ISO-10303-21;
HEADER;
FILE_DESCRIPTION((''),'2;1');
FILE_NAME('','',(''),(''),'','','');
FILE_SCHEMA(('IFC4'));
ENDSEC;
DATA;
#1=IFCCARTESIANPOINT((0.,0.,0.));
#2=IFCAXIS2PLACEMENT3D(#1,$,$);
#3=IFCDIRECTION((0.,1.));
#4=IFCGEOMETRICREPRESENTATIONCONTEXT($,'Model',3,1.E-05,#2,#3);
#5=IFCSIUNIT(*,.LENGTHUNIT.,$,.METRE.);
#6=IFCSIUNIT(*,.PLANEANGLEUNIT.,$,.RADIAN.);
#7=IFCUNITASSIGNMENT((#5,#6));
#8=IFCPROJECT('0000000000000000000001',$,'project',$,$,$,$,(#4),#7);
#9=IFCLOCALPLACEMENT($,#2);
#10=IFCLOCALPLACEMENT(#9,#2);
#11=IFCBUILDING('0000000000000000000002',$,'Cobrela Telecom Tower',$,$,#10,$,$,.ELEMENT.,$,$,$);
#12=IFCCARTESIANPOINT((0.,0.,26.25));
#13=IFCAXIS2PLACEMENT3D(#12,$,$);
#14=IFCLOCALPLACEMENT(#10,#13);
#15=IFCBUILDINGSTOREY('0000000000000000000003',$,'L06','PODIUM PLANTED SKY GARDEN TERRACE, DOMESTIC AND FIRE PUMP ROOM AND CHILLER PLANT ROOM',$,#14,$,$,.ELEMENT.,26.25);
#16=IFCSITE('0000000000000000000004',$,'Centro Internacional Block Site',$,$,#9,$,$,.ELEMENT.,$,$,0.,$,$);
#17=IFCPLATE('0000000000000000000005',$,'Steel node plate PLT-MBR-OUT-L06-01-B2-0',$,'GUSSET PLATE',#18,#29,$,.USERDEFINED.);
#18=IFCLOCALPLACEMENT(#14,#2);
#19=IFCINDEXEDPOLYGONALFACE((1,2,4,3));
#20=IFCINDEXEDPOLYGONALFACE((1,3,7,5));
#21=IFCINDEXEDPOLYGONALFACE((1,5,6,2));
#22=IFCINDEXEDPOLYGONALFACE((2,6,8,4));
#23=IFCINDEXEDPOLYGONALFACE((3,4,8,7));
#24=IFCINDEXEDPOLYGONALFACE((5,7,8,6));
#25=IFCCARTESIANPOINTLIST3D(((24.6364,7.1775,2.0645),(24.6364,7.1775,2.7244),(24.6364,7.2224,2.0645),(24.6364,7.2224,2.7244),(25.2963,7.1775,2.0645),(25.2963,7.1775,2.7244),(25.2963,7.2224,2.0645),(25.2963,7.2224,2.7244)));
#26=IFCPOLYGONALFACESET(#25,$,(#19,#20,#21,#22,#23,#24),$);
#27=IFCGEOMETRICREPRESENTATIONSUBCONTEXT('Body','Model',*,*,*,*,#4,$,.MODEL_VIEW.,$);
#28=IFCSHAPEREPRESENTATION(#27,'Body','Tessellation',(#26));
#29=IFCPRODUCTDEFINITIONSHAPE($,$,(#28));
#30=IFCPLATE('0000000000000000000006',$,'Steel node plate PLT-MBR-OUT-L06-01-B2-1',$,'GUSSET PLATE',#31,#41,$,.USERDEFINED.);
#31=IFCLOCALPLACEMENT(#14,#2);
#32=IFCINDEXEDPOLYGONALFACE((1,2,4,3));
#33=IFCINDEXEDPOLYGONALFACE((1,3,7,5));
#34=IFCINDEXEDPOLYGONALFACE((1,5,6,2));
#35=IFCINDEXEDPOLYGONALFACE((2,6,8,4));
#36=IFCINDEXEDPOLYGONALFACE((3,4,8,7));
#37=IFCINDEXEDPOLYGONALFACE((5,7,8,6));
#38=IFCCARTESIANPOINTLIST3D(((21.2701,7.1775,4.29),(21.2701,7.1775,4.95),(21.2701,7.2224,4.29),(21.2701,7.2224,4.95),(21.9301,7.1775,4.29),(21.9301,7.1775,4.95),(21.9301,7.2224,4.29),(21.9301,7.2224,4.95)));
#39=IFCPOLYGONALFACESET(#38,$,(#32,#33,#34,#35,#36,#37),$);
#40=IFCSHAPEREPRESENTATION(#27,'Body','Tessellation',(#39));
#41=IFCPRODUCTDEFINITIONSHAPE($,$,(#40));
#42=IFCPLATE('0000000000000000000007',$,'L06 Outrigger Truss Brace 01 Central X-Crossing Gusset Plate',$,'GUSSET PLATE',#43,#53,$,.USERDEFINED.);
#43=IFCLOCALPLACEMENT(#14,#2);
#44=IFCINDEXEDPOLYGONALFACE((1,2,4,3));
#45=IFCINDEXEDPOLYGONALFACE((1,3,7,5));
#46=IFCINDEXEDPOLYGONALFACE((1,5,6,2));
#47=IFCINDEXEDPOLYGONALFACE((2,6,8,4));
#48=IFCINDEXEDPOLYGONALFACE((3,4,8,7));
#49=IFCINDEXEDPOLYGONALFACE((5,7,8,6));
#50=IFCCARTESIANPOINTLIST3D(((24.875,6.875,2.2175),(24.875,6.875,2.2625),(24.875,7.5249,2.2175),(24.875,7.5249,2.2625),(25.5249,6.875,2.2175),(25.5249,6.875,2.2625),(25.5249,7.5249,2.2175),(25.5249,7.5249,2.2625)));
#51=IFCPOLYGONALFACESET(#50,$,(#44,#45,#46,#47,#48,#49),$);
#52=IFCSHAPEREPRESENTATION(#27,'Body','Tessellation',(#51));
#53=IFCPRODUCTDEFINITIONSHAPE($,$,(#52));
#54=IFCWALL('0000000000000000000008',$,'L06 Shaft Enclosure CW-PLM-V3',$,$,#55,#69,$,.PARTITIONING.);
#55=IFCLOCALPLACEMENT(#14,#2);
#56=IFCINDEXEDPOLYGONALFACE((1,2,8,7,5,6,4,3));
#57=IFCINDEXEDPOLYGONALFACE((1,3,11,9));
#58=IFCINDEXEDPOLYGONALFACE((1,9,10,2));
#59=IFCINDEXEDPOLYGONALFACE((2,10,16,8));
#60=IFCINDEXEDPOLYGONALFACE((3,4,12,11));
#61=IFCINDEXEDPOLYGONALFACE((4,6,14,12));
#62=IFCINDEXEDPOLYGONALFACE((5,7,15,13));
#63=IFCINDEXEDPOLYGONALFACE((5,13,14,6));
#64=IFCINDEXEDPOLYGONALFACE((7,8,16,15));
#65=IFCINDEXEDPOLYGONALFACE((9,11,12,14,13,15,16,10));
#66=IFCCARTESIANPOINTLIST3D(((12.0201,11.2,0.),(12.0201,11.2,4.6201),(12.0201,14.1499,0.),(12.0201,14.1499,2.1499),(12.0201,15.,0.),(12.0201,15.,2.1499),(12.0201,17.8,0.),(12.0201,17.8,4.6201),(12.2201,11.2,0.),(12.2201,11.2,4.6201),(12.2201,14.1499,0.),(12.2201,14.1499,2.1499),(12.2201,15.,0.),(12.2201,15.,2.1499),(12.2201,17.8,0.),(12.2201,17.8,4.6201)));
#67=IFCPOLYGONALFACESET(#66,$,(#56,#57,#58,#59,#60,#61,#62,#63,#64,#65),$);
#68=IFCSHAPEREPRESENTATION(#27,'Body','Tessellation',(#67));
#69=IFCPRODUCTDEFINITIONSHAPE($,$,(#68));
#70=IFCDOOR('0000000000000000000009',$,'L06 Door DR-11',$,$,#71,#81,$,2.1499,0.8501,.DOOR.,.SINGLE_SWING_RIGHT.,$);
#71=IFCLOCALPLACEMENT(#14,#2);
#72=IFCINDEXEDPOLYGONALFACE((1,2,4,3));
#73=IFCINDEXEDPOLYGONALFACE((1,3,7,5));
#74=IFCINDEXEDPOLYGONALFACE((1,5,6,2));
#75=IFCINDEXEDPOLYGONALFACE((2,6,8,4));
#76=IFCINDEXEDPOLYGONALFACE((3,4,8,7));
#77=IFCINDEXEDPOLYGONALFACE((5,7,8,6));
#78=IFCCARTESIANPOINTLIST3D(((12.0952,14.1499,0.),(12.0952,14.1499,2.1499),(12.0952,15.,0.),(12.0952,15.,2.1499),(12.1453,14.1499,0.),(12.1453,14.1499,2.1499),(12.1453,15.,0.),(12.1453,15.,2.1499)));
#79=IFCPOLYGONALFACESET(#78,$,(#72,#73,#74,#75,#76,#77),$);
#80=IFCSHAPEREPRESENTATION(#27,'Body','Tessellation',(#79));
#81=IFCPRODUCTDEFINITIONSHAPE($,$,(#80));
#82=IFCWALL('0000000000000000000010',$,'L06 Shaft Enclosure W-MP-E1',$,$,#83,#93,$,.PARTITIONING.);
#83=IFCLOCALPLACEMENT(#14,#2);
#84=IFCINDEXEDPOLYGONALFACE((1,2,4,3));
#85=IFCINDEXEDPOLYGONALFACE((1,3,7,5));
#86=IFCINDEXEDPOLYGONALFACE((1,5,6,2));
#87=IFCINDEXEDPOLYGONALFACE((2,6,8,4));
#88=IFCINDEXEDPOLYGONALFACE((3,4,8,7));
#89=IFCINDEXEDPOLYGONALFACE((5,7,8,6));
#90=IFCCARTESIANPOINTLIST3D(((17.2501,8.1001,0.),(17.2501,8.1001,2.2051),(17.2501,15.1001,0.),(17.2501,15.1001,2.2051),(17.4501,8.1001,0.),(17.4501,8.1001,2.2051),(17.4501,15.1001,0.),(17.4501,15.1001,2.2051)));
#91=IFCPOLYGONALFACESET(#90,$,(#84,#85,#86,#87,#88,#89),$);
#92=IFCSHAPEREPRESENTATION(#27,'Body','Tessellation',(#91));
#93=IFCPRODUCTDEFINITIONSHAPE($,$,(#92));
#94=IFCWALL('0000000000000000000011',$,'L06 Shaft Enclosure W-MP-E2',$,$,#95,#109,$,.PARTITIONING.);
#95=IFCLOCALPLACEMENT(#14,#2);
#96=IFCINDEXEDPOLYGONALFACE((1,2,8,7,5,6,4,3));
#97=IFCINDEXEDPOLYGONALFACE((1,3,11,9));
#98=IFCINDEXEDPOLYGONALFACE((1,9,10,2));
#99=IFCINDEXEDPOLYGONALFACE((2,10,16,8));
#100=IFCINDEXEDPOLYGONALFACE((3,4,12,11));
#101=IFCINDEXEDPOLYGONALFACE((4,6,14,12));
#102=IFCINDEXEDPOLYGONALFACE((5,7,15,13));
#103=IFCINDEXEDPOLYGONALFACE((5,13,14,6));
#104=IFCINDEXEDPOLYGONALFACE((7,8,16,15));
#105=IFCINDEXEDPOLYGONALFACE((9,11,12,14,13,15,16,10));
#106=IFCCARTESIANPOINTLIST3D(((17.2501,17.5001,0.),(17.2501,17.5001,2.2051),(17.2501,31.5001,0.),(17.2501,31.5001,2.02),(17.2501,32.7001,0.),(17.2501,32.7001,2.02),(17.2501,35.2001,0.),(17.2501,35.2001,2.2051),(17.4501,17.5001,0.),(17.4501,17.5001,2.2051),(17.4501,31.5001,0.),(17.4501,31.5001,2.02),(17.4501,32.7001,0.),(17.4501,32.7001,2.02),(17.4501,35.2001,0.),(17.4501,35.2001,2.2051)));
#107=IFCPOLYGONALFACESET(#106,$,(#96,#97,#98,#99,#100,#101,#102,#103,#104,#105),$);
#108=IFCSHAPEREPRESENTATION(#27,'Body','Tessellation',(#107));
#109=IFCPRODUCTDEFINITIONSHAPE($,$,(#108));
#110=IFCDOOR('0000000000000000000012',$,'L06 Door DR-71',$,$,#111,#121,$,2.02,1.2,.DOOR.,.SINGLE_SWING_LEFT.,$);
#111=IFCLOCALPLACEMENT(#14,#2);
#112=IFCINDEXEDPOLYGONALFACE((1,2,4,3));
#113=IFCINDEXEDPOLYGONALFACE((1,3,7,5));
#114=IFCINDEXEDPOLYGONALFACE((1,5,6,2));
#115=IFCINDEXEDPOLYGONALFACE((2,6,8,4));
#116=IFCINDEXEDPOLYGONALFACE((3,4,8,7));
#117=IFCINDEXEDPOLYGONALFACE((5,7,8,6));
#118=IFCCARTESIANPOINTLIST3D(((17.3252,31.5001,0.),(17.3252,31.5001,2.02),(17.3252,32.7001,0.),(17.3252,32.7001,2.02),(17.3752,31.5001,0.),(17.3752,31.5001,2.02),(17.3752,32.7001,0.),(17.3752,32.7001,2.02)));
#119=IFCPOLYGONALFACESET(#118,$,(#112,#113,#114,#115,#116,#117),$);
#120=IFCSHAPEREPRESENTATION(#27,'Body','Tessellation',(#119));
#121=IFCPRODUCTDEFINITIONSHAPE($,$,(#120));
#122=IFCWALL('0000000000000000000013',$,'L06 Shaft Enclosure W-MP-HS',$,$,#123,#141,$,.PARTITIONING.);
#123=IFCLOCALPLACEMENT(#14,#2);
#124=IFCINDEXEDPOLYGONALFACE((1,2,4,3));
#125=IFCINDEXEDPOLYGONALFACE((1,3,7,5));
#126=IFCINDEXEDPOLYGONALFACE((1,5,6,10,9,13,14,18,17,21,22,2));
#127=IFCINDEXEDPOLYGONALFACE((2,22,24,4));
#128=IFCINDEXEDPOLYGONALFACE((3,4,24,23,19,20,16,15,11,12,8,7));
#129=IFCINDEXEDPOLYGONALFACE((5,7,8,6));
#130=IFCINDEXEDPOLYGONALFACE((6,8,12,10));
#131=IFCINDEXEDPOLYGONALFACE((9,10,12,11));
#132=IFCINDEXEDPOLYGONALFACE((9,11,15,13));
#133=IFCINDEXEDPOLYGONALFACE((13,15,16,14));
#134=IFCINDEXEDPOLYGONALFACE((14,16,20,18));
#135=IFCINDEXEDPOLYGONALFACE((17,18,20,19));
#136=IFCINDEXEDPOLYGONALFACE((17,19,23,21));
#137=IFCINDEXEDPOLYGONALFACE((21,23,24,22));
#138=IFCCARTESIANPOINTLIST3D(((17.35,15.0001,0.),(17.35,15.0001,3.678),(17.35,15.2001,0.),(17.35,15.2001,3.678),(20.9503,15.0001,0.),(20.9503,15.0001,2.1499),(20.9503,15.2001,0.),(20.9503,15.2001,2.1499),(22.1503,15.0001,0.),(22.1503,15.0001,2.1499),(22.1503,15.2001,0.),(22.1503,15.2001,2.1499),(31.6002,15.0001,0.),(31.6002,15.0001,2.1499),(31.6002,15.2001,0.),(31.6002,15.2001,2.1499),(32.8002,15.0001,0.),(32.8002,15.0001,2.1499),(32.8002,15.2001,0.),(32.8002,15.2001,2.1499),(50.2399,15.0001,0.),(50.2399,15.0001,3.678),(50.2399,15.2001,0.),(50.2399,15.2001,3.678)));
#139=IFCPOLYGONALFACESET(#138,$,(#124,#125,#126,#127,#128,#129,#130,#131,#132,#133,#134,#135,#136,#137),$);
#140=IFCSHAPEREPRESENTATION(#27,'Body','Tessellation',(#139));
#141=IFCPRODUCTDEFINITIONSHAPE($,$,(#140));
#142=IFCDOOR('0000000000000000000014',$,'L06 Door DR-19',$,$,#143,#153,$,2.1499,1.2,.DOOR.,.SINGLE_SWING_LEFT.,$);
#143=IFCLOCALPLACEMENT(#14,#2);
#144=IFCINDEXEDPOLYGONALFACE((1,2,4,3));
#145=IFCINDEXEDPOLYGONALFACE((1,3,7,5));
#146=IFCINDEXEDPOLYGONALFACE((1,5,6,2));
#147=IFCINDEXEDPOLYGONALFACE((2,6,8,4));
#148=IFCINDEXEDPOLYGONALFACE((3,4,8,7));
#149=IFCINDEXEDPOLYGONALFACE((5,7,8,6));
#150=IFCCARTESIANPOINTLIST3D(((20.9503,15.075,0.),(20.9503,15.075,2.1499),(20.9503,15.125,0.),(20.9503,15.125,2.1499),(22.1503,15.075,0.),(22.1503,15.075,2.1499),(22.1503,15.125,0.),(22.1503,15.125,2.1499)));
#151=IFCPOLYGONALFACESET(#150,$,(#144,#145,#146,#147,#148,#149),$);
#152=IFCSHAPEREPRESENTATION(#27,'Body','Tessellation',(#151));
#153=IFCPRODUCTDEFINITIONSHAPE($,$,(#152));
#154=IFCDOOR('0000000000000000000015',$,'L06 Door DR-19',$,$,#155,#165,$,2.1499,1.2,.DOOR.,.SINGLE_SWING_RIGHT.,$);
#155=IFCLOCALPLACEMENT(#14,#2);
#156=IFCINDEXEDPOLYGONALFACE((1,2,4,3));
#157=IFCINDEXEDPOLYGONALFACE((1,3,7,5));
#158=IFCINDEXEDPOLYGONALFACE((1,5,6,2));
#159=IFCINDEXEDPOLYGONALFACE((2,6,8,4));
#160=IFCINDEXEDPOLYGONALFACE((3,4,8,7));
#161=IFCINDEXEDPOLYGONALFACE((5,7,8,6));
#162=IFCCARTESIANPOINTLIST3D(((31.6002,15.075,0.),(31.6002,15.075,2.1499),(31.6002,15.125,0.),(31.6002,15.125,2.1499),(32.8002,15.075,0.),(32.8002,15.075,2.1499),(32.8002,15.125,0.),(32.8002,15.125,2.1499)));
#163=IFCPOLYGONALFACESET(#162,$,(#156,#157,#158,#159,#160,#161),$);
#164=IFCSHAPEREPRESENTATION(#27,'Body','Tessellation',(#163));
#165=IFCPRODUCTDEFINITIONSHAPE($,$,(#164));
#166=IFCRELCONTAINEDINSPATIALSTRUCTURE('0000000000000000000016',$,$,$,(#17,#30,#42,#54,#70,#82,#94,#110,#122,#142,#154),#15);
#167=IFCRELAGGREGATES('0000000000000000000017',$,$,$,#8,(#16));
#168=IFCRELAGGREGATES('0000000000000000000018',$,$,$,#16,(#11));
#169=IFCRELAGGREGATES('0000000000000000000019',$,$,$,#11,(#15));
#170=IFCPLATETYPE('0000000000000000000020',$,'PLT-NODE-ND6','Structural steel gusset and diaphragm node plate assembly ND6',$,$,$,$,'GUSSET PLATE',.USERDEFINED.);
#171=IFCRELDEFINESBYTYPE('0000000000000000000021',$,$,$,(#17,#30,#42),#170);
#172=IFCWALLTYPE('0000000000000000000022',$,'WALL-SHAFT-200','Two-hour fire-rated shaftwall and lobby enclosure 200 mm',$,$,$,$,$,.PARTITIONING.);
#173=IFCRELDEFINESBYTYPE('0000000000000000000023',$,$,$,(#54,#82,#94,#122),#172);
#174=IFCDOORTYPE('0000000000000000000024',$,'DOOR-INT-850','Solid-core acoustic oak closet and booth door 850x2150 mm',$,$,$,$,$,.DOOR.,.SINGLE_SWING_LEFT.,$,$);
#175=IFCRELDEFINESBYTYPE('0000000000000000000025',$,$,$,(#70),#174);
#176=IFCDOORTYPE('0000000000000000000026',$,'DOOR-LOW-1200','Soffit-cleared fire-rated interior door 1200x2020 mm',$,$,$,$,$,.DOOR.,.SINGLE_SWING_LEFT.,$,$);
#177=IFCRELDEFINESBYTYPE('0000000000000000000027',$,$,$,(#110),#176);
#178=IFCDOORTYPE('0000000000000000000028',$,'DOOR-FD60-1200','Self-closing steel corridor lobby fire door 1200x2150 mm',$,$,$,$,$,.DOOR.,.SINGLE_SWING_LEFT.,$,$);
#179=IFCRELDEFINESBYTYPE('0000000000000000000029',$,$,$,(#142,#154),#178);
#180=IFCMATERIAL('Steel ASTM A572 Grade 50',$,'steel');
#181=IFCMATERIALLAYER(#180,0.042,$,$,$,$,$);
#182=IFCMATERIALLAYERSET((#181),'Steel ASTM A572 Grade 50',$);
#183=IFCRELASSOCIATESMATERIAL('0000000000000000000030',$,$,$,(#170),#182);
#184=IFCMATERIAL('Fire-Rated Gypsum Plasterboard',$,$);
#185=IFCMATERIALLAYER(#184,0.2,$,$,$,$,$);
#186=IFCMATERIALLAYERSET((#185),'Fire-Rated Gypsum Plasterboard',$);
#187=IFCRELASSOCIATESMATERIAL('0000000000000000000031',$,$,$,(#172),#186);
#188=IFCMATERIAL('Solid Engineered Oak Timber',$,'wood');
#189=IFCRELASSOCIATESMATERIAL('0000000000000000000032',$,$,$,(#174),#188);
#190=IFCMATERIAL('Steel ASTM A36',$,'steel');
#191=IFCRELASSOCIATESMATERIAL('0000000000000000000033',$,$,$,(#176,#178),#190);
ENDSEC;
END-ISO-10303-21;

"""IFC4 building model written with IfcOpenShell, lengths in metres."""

from ifc_helpers import new_model, si_unit, direction, frame, frame_2d, origin, origin_2d, place, context, subcontext, project, spatial, rectangle, extrude, material, layer, layer_set, type_object, element, fill, save


model = new_model("IFC4")

# Units and contexts
model_context = context("Model", 3, precision=1e-05, world=origin(), true_north=direction((0.0, 1.0)))
body_context = subcontext(model_context, "Body", "Model", "MODEL_VIEW")
ifc_project = project(units=[si_unit("LENGTHUNIT", "METRE"), si_unit("PLANEANGLEUNIT", "RADIAN")], contexts=[model_context])

# Site, building, storey
site_placement = place(None, origin())
site = spatial("IfcSite", under=ifc_project, at=site_placement, Name="Centro Internacional Block Site", CompositionType="ELEMENT", RefElevation=0.0)
building_placement = place(site_placement, origin())
building = spatial("IfcBuilding", under=site, at=building_placement, Name="Cobrela Telecom Tower", CompositionType="ELEMENT")
storey_placement = place(building_placement, frame((0.0, 0.0, 26.25)))
storey = spatial("IfcBuildingStorey", under=building, at=storey_placement, Name="L06", Description="PODIUM PLANTED SKY GARDEN TERRACE, DOMESTIC AND FIRE PUMP ROOM AND CHILLER PLANT ROOM", CompositionType="ELEMENT", Elevation=26.25)

# Shared definitions
ifc_material_1 = material(Name="Steel ASTM A572 Grade 50", Category="steel")

# Plates
ifc_layer_1 = layer(ifc_material_1, 0.042)
ifc_layer_set_1 = layer_set([ifc_layer_1], Name="Steel ASTM A572 Grade 50")
plate_type = type_object("IfcPlateType", Name="PLT-NODE-ND6", Description="Structural steel gusset and diaphragm node plate assembly ND6", ElementType="GUSSET PLATE", PredefinedType="USERDEFINED", material=ifc_layer_set_1)
for number, where, z_axis, x_axis, name in (
    (1, (24.9663, 7.2, 2.0645), (0.0, 0.0, 1.0), (-1.0, 0.0, 0.0), "Steel node plate PLT-MBR-OUT-L06-01-B2-0"),
    (2, (21.6001, 7.2, 4.29), (0.0, 0.0, 1.0), (-1.0, 0.0, 0.0), "Steel node plate PLT-MBR-OUT-L06-01-B2-1"),
):
    element("IfcPlate", number, at=place(storey_placement, frame(where, z_axis=z_axis, x_axis=x_axis)), inside=storey, type_object=plate_type, Name=name, ObjectType="GUSSET PLATE", PredefinedType="USERDEFINED", context=body_context, shape_type="SweptSolid", body=[
        extrude(rectangle(XDim=0.6599, YDim=0.0449, at=origin_2d()), origin(), (0.0, 0.0, 1.0), 0.6599),
    ])
plate_placement = place(storey_placement, frame((25.2, 7.2, 2.2175), z_axis=(0.0, 0.0, 1.0), x_axis=(1.0, 0.0, 0.0)))
element("IfcPlate", 3, at=plate_placement, inside=storey, type_object=plate_type, Name="L06 Outrigger Truss Brace 01 Central X-Crossing Gusset Plate", ObjectType="GUSSET PLATE", PredefinedType="USERDEFINED", context=body_context, shape_type="SweptSolid", body=[
    extrude(rectangle(XDim=0.6499, YDim=0.6499, at=origin_2d()), origin(), (0.0, 0.0, 1.0), 0.0449),
])

# Wall, opening, door
ifc_material_2 = material(Name="Fire-Rated Gypsum Plasterboard")
ifc_layer_2 = layer(ifc_material_2, 0.2)
ifc_layer_set_2 = layer_set([ifc_layer_2], Name="Fire-Rated Gypsum Plasterboard")
wall_type = type_object("IfcWallType", Name="WALL-SHAFT-200", Description="Two-hour fire-rated shaftwall and lobby enclosure 200 mm", PredefinedType="PARTITIONING", material=ifc_layer_set_2)
wall_1_placement = place(storey_placement, frame((12.1201, 11.2, 0.0), z_axis=(0.0, 0.0, 1.0), x_axis=(0.0, 1.0, 0.0)))
wall_1 = element("IfcWall", 4, at=wall_1_placement, inside=storey, type_object=wall_type, Name="L06 Shaft Enclosure CW-PLM-V3", PredefinedType="PARTITIONING", context=body_context, shape_type="SweptSolid", body=[
    extrude(rectangle(XDim=6.6001, YDim=0.2, at=frame_2d((3.3, 0.0))), origin(), (0.0, 0.0, 1.0), 4.6201),
])
opening_1_placement = place(wall_1_placement, frame((2.95, 0.0, 0.0)))
opening_1 = element("IfcOpeningElement", 5, at=opening_1_placement, cuts=wall_1, PredefinedType="OPENING", context=body_context, shape_type="SweptSolid", body=[
    extrude(rectangle(XDim=0.8501, YDim=2.1499, at=frame_2d((0.425, 1.075))), frame((0.0, 0.1118, 0.0), z_axis=(0.0, -1.0, 0.0), x_axis=(1.0, 0.0, 0.0)), (0.0, 0.0, 1.0), 0.2239),
])
ifc_material_3 = material(Name="Solid Engineered Oak Timber", Category="wood")
door_type_1 = type_object("IfcDoorType", Name="DOOR-INT-850", Description="Solid-core acoustic oak closet and booth door 850x2150 mm", OperationType="SINGLE_SWING_LEFT", PredefinedType="DOOR", material=ifc_material_3)
door_1_placement = place(opening_1_placement, origin())
door_1 = element("IfcDoor", 6, at=door_1_placement, inside=storey, type_object=door_type_1, Name="L06 Door DR-11", OperationType="SINGLE_SWING_RIGHT", OverallHeight=2.1499, OverallWidth=0.8501, PredefinedType="DOOR", context=body_context, shape_type="SweptSolid", body=[
    extrude(rectangle(XDim=0.8501, YDim=2.1499, at=frame_2d((0.425, 1.075))), frame((0.0, 0.0249, 0.0), z_axis=(0.0, -1.0, 0.0), x_axis=(1.0, 0.0, 0.0)), (0.0, 0.0, 1.0), 0.05),
])
fill(opening_1, door_1)
ifc_material_4 = material(Name="Steel ASTM A36", Category="steel")

# Wall
wall_2_placement = place(storey_placement, frame((17.3501, 8.1001, 0.0), z_axis=(0.0, 0.0, 1.0), x_axis=(0.0, 1.0, 0.0)))
element("IfcWall", 7, at=wall_2_placement, inside=storey, type_object=wall_type, Name="L06 Shaft Enclosure W-MP-E1", PredefinedType="PARTITIONING", context=body_context, shape_type="SweptSolid", body=[
    extrude(rectangle(XDim=7.0, YDim=0.2, at=frame_2d((3.5, 0.0))), origin(), (0.0, 0.0, 1.0), 2.2051),
])

# Wall, opening, door
wall_3_placement = place(storey_placement, frame((17.3501, 17.5, 0.0), z_axis=(0.0, 0.0, 1.0), x_axis=(0.0, 1.0, 0.0)))
wall_3 = element("IfcWall", 8, at=wall_3_placement, inside=storey, type_object=wall_type, Name="L06 Shaft Enclosure W-MP-E2", PredefinedType="PARTITIONING", context=body_context, shape_type="SweptSolid", body=[
    extrude(rectangle(XDim=17.7, YDim=0.2, at=frame_2d((8.8501, 0.0))), origin(), (0.0, 0.0, 1.0), 2.2051),
])
opening_2_placement = place(wall_3_placement, frame((14.0, 0.0, 0.0)))
opening_2 = element("IfcOpeningElement", 9, at=opening_2_placement, cuts=wall_3, PredefinedType="OPENING", context=body_context, shape_type="SweptSolid", body=[
    extrude(rectangle(XDim=1.2, YDim=2.02, at=frame_2d((0.6001, 1.01))), frame((0.0, 0.1118, 0.0), z_axis=(0.0, -1.0, 0.0), x_axis=(1.0, 0.0, 0.0)), (0.0, 0.0, 1.0), 0.2239),
])
door_type_2 = type_object("IfcDoorType", Name="DOOR-LOW-1200", Description="Soffit-cleared fire-rated interior door 1200x2020 mm", OperationType="SINGLE_SWING_LEFT", PredefinedType="DOOR", material=ifc_material_4)
door_2_placement = place(opening_2_placement, origin())
door_2 = element("IfcDoor", 10, at=door_2_placement, inside=storey, type_object=door_type_2, Name="L06 Door DR-71", OperationType="SINGLE_SWING_LEFT", OverallHeight=2.02, OverallWidth=1.2, PredefinedType="DOOR", context=body_context, shape_type="SweptSolid", body=[
    extrude(rectangle(XDim=1.2, YDim=2.02, at=frame_2d((0.6001, 1.01))), frame((0.0, 0.0249, 0.0), z_axis=(0.0, -1.0, 0.0), x_axis=(1.0, 0.0, 0.0)), (0.0, 0.0, 1.0), 0.05),
])
fill(opening_2, door_2)

# Wall, openings, doors
wall_4_placement = place(storey_placement, frame((17.3501, 15.1001, 0.0), z_axis=(0.0, 0.0, 1.0), x_axis=(1.0, 0.0, 0.0)))
wall_4 = element("IfcWall", 11, at=wall_4_placement, inside=storey, type_object=wall_type, Name="L06 Shaft Enclosure W-MP-HS", PredefinedType="PARTITIONING", context=body_context, shape_type="SweptSolid", body=[
    extrude(rectangle(XDim=32.8899, YDim=0.2, at=frame_2d((16.4448, 0.0))), origin(), (0.0, 0.0, 1.0), 3.678),
])
opening_3_placement = place(wall_4_placement, frame((3.6001, 0.0, 0.0)))
opening_3 = element("IfcOpeningElement", 12, at=opening_3_placement, cuts=wall_4, PredefinedType="OPENING", context=body_context, shape_type="SweptSolid", body=[
    extrude(rectangle(XDim=1.2, YDim=2.1499, at=frame_2d((0.6001, 1.075))), frame((0.0, 0.1118, 0.0), z_axis=(0.0, -1.0, 0.0), x_axis=(1.0, 0.0, 0.0)), (0.0, 0.0, 1.0), 0.2239),
])
opening_4_placement = place(wall_4_placement, frame((14.25, 0.0, 0.0)))
opening_4 = element("IfcOpeningElement", 13, at=opening_4_placement, cuts=wall_4, PredefinedType="OPENING", context=body_context, shape_type="SweptSolid", body=[
    extrude(rectangle(XDim=1.2, YDim=2.1499, at=frame_2d((0.6001, 1.075))), frame((0.0, 0.1118, 0.0), z_axis=(0.0, -1.0, 0.0), x_axis=(1.0, 0.0, 0.0)), (0.0, 0.0, 1.0), 0.2239),
])
door_type_3 = type_object("IfcDoorType", Name="DOOR-FD60-1200", Description="Self-closing steel corridor lobby fire door 1200x2150 mm", OperationType="SINGLE_SWING_LEFT", PredefinedType="DOOR", material=ifc_material_4)
door_3_placement = place(opening_3_placement, origin())
door_3 = element("IfcDoor", 14, at=door_3_placement, inside=storey, type_object=door_type_3, Name="L06 Door DR-19", OperationType="SINGLE_SWING_LEFT", OverallHeight=2.1499, OverallWidth=1.2, PredefinedType="DOOR", context=body_context, shape_type="SweptSolid", body=[
    extrude(rectangle(XDim=1.2, YDim=2.1499, at=frame_2d((0.6001, 1.075))), frame((0.0, 0.0249, 0.0), z_axis=(0.0, -1.0, 0.0), x_axis=(1.0, 0.0, 0.0)), (0.0, 0.0, 1.0), 0.05),
])
fill(opening_3, door_3)
door_4_placement = place(opening_4_placement, origin())
door_4 = element("IfcDoor", 15, at=door_4_placement, inside=storey, type_object=door_type_3, Name="L06 Door DR-19", OperationType="SINGLE_SWING_RIGHT", OverallHeight=2.1499, OverallWidth=1.2, PredefinedType="DOOR", context=body_context, shape_type="SweptSolid", body=[
    extrude(rectangle(XDim=1.2, YDim=2.1499, at=frame_2d((0.6001, 1.075))), frame((0.0, 0.0249, 0.0), z_axis=(0.0, -1.0, 0.0), x_axis=(1.0, 0.0, 0.0)), (0.0, 0.0, 1.0), 0.05),
])
fill(opening_4, door_4)

save(model, "model.ifc")
